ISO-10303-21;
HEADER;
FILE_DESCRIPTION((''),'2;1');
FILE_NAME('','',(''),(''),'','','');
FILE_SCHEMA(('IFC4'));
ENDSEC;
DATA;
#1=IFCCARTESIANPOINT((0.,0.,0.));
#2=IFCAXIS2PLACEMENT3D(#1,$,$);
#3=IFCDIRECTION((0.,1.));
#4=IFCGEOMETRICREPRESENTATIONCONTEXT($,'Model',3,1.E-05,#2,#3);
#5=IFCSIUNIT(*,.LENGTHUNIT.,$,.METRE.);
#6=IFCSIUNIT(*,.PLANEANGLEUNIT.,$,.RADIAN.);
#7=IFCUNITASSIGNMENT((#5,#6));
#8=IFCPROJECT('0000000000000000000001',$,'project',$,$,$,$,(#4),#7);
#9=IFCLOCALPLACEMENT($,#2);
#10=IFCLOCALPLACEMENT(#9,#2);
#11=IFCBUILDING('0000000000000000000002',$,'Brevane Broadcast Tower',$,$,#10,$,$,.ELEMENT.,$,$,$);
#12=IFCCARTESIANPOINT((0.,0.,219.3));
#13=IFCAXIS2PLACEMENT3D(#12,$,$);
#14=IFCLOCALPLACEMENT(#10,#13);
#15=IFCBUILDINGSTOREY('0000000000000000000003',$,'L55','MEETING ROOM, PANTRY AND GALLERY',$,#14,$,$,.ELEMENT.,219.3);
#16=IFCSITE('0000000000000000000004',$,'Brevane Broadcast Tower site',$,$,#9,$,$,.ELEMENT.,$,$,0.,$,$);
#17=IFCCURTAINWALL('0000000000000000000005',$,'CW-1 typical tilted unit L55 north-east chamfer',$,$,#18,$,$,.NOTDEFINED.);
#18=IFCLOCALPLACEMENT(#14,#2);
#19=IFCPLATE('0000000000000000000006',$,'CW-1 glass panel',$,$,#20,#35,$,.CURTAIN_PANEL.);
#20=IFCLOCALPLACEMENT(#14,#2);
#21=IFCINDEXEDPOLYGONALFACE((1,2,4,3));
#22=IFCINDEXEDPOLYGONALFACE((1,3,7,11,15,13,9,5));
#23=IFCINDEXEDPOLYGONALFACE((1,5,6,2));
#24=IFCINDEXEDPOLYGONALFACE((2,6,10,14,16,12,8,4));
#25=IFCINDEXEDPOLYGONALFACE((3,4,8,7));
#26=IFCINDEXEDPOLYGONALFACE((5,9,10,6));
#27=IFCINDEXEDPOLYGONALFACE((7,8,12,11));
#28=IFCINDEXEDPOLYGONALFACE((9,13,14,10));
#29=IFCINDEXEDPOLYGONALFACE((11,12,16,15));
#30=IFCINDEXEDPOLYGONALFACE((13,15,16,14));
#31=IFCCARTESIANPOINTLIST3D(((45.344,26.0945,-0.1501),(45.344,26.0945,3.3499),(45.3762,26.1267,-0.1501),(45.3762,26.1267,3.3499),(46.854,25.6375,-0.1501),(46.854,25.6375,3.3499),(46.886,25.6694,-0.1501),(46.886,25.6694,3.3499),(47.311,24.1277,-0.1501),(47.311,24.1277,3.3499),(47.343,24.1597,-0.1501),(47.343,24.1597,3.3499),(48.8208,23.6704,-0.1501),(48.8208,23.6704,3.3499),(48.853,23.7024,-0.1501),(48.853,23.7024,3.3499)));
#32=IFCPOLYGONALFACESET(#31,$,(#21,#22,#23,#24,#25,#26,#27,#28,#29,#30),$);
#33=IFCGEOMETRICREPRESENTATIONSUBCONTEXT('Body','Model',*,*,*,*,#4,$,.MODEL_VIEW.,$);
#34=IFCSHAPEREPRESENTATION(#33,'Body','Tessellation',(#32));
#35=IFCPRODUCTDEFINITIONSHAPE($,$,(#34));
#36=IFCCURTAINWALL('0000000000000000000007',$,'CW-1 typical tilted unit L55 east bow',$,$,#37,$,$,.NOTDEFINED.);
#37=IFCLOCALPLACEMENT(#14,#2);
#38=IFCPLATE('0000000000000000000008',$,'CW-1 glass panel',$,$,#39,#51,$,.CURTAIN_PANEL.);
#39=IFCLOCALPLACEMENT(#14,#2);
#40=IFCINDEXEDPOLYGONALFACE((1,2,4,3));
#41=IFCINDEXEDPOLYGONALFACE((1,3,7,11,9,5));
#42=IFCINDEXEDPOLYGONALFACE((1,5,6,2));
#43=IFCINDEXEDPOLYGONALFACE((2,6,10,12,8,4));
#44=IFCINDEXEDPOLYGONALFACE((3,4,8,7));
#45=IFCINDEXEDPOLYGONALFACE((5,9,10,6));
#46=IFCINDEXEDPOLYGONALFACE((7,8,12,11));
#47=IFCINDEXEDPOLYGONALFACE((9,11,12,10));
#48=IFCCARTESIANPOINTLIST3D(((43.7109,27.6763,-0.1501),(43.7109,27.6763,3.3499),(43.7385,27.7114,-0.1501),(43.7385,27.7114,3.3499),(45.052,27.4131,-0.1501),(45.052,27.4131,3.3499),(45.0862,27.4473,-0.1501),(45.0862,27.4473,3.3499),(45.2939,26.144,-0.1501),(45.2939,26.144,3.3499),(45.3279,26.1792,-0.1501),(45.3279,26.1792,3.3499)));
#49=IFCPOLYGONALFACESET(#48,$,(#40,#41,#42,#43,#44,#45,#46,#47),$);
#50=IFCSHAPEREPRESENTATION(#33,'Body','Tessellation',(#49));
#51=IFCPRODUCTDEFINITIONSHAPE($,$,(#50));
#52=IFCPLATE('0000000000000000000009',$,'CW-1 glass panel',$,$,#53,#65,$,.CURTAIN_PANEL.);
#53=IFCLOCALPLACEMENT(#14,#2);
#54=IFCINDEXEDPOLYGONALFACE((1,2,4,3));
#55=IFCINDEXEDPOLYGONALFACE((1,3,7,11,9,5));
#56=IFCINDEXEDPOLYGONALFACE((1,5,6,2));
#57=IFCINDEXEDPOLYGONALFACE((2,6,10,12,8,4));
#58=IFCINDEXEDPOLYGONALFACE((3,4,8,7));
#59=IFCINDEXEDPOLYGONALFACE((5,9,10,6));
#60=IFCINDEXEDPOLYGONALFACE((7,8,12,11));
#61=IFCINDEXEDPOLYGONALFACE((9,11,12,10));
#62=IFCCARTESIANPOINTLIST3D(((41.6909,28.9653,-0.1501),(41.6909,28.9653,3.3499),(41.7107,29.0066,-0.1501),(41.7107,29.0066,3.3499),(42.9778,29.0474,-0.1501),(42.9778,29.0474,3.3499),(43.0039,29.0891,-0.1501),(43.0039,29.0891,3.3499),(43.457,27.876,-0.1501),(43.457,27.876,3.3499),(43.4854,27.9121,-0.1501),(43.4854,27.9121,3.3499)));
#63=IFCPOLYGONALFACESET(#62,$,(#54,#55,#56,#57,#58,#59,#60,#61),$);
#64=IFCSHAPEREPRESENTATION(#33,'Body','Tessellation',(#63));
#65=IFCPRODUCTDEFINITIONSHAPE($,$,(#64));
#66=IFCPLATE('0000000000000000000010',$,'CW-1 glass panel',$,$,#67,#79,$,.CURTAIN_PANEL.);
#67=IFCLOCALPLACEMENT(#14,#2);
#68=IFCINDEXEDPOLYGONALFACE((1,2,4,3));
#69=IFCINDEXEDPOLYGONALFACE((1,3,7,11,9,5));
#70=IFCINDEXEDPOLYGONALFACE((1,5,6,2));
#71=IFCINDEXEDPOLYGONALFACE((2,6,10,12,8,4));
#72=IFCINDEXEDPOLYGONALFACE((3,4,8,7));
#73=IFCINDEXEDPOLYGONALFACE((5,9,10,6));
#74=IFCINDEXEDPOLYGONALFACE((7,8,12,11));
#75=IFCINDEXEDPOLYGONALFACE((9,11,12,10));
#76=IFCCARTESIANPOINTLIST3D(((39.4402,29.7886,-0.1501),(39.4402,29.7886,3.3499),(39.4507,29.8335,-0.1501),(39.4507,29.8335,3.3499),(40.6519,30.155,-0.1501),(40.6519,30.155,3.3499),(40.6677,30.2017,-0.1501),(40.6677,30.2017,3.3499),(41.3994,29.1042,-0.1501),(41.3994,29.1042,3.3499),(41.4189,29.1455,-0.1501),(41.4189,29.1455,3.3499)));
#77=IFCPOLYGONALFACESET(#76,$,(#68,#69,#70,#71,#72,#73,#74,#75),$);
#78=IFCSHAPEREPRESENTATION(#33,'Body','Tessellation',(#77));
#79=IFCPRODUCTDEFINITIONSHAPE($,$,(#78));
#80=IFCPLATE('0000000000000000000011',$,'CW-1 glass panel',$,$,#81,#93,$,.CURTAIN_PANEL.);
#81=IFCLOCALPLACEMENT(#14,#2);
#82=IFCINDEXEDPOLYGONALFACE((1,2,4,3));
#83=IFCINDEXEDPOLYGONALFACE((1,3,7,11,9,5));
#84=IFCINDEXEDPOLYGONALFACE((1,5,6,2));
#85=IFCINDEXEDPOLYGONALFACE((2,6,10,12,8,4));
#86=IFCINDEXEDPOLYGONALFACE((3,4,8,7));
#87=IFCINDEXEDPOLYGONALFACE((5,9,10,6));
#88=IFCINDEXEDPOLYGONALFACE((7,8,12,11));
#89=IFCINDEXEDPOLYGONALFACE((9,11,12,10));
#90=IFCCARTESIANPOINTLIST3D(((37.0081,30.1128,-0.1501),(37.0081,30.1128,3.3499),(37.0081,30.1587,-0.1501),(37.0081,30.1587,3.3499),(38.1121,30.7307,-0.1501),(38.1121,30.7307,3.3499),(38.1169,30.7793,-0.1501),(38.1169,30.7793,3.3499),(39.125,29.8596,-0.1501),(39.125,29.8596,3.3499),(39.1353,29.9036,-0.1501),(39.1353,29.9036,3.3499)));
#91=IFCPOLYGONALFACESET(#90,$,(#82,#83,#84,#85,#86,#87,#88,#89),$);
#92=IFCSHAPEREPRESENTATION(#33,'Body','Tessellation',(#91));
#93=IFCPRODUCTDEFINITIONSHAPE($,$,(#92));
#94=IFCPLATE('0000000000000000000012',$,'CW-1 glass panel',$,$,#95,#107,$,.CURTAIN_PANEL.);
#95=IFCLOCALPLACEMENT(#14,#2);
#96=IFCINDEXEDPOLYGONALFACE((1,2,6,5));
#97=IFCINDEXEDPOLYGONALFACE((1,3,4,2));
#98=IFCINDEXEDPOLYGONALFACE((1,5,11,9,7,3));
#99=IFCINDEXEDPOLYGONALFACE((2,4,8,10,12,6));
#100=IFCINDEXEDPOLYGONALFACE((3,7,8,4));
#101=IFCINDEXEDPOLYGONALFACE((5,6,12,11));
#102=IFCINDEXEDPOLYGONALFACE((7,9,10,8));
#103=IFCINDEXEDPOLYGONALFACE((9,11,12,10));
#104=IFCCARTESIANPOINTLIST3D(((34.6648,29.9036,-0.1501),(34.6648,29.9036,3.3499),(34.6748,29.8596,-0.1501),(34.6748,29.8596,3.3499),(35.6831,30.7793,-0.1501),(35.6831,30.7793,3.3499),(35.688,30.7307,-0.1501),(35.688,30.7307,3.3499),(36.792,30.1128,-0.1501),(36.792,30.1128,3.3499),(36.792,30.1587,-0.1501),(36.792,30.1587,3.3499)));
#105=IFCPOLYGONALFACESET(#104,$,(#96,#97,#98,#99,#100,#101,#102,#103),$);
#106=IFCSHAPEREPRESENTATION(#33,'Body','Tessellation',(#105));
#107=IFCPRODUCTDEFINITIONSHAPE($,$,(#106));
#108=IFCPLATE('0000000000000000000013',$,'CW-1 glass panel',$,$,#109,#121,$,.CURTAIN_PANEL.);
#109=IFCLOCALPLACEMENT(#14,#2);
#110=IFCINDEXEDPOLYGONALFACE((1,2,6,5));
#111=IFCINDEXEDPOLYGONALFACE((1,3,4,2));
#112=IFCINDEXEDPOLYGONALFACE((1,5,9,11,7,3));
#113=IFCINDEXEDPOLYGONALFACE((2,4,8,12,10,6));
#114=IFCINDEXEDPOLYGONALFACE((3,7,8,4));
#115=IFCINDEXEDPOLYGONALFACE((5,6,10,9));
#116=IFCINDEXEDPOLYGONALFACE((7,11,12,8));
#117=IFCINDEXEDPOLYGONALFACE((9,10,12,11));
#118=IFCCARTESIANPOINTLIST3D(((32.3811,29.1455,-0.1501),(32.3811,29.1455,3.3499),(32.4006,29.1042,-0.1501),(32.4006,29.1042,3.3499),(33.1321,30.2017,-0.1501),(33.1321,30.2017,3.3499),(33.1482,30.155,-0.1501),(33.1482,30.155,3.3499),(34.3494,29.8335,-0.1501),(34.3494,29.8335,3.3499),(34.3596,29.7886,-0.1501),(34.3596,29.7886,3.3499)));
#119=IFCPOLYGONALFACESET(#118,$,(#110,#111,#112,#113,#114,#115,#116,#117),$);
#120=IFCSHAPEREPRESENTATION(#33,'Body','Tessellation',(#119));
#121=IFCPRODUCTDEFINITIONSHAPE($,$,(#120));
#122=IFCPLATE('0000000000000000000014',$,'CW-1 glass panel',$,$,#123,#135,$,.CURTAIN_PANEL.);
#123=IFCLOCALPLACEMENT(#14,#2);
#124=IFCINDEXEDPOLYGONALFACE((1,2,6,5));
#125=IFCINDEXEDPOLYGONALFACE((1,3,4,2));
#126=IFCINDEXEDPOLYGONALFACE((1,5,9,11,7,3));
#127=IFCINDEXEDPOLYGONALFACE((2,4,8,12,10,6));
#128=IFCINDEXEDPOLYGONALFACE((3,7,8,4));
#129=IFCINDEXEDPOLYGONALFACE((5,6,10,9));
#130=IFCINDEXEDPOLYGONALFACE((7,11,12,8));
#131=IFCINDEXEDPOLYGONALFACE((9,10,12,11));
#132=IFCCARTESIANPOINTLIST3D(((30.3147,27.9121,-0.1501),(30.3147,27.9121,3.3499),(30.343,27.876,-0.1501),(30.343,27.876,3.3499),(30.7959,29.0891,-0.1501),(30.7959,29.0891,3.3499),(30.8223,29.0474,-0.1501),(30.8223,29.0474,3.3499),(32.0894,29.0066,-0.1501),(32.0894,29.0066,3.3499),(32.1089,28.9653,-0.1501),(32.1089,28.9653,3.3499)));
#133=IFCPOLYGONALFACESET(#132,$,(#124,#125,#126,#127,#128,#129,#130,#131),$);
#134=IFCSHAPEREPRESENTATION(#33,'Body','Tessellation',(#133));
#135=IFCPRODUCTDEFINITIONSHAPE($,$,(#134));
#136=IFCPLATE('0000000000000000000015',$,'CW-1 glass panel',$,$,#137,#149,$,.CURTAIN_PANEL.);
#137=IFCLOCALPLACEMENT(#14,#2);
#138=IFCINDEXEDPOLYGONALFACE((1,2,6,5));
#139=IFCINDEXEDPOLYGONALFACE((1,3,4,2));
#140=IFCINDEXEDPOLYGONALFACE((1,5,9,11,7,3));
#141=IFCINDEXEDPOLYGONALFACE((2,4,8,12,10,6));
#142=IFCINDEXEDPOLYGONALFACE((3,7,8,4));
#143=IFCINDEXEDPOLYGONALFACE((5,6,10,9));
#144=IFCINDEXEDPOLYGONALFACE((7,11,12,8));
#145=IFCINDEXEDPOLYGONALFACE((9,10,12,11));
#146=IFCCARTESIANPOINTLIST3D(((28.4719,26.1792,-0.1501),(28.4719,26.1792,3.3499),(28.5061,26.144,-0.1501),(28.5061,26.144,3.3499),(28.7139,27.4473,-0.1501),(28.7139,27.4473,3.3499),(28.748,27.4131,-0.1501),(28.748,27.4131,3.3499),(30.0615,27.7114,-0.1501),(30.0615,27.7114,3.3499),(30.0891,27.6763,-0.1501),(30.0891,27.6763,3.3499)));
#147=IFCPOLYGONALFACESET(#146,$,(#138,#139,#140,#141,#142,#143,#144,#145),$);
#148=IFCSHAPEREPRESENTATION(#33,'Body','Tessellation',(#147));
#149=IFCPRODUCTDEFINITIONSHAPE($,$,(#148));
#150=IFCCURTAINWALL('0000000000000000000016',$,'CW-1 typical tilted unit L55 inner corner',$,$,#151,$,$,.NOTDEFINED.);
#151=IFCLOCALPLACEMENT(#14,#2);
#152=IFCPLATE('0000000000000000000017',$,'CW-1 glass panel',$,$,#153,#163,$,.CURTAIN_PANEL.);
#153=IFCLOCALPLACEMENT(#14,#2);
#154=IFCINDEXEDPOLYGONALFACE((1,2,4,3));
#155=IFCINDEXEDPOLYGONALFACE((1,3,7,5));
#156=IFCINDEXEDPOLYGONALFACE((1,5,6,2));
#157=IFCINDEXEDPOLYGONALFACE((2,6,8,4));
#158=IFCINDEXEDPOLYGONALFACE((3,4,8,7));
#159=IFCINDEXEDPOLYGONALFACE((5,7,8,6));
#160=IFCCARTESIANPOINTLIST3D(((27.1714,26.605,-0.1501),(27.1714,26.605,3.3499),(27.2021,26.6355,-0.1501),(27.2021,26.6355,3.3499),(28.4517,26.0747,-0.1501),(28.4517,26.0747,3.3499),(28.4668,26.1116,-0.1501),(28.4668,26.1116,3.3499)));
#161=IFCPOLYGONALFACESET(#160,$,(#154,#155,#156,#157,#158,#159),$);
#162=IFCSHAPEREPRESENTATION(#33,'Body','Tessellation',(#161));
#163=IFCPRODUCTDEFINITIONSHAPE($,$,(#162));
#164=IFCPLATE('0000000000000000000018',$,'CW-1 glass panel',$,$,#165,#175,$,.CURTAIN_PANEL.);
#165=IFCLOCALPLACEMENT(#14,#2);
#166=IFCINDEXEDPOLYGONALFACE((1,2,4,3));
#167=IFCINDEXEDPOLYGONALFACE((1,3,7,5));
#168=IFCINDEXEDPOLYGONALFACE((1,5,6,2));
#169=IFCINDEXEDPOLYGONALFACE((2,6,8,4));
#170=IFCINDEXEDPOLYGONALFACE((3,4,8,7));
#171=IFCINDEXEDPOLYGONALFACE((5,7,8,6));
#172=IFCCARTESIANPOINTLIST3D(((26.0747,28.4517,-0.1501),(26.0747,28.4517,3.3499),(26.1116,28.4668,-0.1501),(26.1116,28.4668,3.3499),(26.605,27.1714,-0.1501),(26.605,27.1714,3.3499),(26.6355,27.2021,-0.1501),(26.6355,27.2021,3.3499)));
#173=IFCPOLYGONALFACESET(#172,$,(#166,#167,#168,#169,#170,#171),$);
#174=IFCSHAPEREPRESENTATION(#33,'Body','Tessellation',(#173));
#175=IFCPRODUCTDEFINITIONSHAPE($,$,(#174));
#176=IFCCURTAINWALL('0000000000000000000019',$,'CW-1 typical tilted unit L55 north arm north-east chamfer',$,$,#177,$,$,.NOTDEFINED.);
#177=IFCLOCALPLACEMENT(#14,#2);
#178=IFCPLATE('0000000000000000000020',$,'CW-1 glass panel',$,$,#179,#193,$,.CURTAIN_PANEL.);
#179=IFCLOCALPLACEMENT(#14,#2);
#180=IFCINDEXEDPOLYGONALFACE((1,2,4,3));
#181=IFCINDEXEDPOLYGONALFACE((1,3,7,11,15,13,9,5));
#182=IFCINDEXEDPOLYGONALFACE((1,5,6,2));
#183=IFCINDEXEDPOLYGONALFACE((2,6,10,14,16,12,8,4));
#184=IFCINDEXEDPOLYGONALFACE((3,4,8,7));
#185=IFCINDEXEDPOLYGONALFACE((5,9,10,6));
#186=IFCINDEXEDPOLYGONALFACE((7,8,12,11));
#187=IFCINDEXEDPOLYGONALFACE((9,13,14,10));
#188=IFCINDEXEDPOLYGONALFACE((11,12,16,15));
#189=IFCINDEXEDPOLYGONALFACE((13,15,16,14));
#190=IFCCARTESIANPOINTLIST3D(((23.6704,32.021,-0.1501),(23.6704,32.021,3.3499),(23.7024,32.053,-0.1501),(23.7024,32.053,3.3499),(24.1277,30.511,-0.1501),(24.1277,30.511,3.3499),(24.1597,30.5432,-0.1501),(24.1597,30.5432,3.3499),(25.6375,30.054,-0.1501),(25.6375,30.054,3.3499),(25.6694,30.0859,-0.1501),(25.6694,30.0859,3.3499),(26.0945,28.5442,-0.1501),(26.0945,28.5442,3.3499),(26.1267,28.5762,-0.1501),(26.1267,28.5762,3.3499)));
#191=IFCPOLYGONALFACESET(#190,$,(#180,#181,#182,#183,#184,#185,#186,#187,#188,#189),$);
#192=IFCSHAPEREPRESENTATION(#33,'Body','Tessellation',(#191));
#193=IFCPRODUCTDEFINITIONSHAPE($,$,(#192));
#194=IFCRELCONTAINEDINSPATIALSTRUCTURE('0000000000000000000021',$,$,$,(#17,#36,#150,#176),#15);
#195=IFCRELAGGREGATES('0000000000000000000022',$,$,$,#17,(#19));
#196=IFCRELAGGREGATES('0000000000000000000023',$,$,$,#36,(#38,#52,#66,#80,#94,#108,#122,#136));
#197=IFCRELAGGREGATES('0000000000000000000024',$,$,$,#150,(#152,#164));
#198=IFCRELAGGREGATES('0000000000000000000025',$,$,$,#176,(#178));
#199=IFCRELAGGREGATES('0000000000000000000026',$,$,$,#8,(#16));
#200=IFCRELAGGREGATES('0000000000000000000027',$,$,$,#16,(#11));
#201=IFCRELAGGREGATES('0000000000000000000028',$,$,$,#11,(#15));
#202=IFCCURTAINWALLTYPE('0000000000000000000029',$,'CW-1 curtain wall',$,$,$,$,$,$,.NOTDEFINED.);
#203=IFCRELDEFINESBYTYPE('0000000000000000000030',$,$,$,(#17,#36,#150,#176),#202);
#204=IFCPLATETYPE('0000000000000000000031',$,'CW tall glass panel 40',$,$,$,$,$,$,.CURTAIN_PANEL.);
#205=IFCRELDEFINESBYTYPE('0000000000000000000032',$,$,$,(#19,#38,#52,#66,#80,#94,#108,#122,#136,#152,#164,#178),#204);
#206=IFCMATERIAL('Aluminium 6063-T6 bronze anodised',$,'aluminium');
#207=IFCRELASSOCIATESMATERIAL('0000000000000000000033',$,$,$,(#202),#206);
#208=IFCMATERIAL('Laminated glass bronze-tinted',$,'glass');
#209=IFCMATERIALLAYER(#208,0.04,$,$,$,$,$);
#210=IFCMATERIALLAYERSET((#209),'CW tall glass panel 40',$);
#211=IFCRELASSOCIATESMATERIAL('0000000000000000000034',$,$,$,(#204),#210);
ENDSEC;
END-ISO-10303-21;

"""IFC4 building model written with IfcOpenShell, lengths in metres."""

from ifc_helpers import new_model, si_unit, direction, frame, origin, place, context, subcontext, project, spatial, polyline, outline, extrude, material, layer, layer_set, type_object, element, aggregate, save


model = new_model("IFC4")

# Units and contexts
model_context = context("Model", 3, precision=1e-05, world=origin(), true_north=direction((0.0, 1.0)))
body_context = subcontext(model_context, "Body", "Model", "MODEL_VIEW")
ifc_project = project(units=[si_unit("LENGTHUNIT", "METRE"), si_unit("PLANEANGLEUNIT", "RADIAN")], contexts=[model_context])

# Site, building, storey
site_placement = place(None, origin())
site = spatial("IfcSite", under=ifc_project, at=site_placement, Name="Brevane Broadcast Tower site", CompositionType="ELEMENT", RefElevation=0.0)
building_placement = place(site_placement, origin())
building = spatial("IfcBuilding", under=site, at=building_placement, Name="Brevane Broadcast Tower", CompositionType="ELEMENT")
storey_placement = place(building_placement, frame((0.0, 0.0, 219.3)))
storey = spatial("IfcBuildingStorey", under=building, at=storey_placement, Name="L55", Description="MEETING ROOM, PANTRY AND GALLERY", CompositionType="ELEMENT", Elevation=219.3)

# Curtain wall, plate
ifc_material_1 = material(Name="Aluminium 6063-T6 bronze anodised", Category="aluminium")
curtain_wall_type = type_object("IfcCurtainWallType", Name="CW-1 curtain wall", PredefinedType="NOTDEFINED", material=ifc_material_1)
curtain_wall_1_placement = place(storey_placement, origin())
curtain_wall_1 = element("IfcCurtainWall", 1, at=curtain_wall_1_placement, inside=storey, type_object=curtain_wall_type, Name="CW-1 typical tilted unit L55 north-east chamfer", PredefinedType="NOTDEFINED")
ifc_material_2 = material(Name="Laminated glass bronze-tinted", Category="glass")
ifc_layer = layer(ifc_material_2, 0.04)
ifc_layer_set = layer_set([ifc_layer], Name="CW tall glass panel 40")
plate_type = type_object("IfcPlateType", Name="CW tall glass panel 40", PredefinedType="CURTAIN_PANEL", material=ifc_layer_set)
plate_1_placement = place(storey_placement, frame((0.0, 0.0, -0.1501)))
plate_1 = element("IfcPlate", 2, at=plate_1_placement, type_object=plate_type, Name="CW-1 glass panel", PredefinedType="CURTAIN_PANEL", context=body_context, shape_type="SweptSolid", body=[
    extrude(outline(polyline([(48.8208, 23.6704), (48.853, 23.7024), (47.343, 24.1597), (46.886, 25.6694), (45.3762, 26.1267), (45.344, 26.0945), (46.854, 25.6375), (47.311, 24.1277), (48.8208, 23.6704)])), origin(), (0.0, 0.0, 1.0), 3.5),
])
aggregate(curtain_wall_1, [plate_1])

# Curtain walls, plates
curtain_wall_2_placement = place(storey_placement, origin())
curtain_wall_2 = element("IfcCurtainWall", 3, at=curtain_wall_2_placement, inside=storey, type_object=curtain_wall_type, Name="CW-1 typical tilted unit L55 east bow", PredefinedType="NOTDEFINED")
plate_2_placement = place(storey_placement, frame((0.0, 0.0, -0.1501)))
plate_2 = element("IfcPlate", 4, at=plate_2_placement, type_object=plate_type, Name="CW-1 glass panel", PredefinedType="CURTAIN_PANEL", context=body_context, shape_type="SweptSolid", body=[
    extrude(outline(polyline([(45.2939, 26.144), (45.3279, 26.1792), (45.0862, 27.4473), (43.7385, 27.7114), (43.7109, 27.6763), (45.052, 27.4131), (45.2939, 26.144)])), origin(), (0.0, 0.0, 1.0), 3.5),
])
plate_3_placement = place(storey_placement, frame((0.0, 0.0, -0.1501)))
plate_3 = element("IfcPlate", 5, at=plate_3_placement, type_object=plate_type, Name="CW-1 glass panel", PredefinedType="CURTAIN_PANEL", context=body_context, shape_type="SweptSolid", body=[
    extrude(outline(polyline([(43.457, 27.876), (43.4854, 27.9121), (43.0039, 29.0891), (41.7107, 29.0066), (41.6909, 28.9653), (42.9778, 29.0474), (43.457, 27.876)])), origin(), (0.0, 0.0, 1.0), 3.5),
])
plate_4_placement = place(storey_placement, frame((0.0, 0.0, -0.1501)))
plate_4 = element("IfcPlate", 6, at=plate_4_placement, type_object=plate_type, Name="CW-1 glass panel", PredefinedType="CURTAIN_PANEL", context=body_context, shape_type="SweptSolid", body=[
    extrude(outline(polyline([(41.3994, 29.1042), (41.4189, 29.1455), (40.6677, 30.2017), (39.4507, 29.8335), (39.4402, 29.7886), (40.6519, 30.155), (41.3994, 29.1042)])), origin(), (0.0, 0.0, 1.0), 3.5),
])
plate_5_placement = place(storey_placement, frame((0.0, 0.0, -0.1501)))
plate_5 = element("IfcPlate", 7, at=plate_5_placement, type_object=plate_type, Name="CW-1 glass panel", PredefinedType="CURTAIN_PANEL", context=body_context, shape_type="SweptSolid", body=[
    extrude(outline(polyline([(39.125, 29.8596), (39.1353, 29.9036), (38.1169, 30.7793), (37.0081, 30.1587), (37.0081, 30.1128), (38.1121, 30.7307), (39.125, 29.8596)])), origin(), (0.0, 0.0, 1.0), 3.5),
])
plate_6_placement = place(storey_placement, frame((0.0, 0.0, -0.1501)))
plate_6 = element("IfcPlate", 8, at=plate_6_placement, type_object=plate_type, Name="CW-1 glass panel", PredefinedType="CURTAIN_PANEL", context=body_context, shape_type="SweptSolid", body=[
    extrude(outline(polyline([(36.792, 30.1128), (36.792, 30.1587), (35.6831, 30.7793), (34.6648, 29.9036), (34.6748, 29.8596), (35.688, 30.7307), (36.792, 30.1128)])), origin(), (0.0, 0.0, 1.0), 3.5),
])
plate_7_placement = place(storey_placement, frame((0.0, 0.0, -0.1501)))
plate_7 = element("IfcPlate", 9, at=plate_7_placement, type_object=plate_type, Name="CW-1 glass panel", PredefinedType="CURTAIN_PANEL", context=body_context, shape_type="SweptSolid", body=[
    extrude(outline(polyline([(34.3596, 29.7886), (34.3494, 29.8335), (33.1321, 30.2017), (32.3811, 29.1455), (32.4006, 29.1042), (33.1482, 30.155), (34.3596, 29.7886)])), origin(), (0.0, 0.0, 1.0), 3.5),
])
plate_8_placement = place(storey_placement, frame((0.0, 0.0, -0.1501)))
plate_8 = element("IfcPlate", 10, at=plate_8_placement, type_object=plate_type, Name="CW-1 glass panel", PredefinedType="CURTAIN_PANEL", context=body_context, shape_type="SweptSolid", body=[
    extrude(outline(polyline([(32.1089, 28.9653), (32.0894, 29.0066), (30.7959, 29.0891), (30.3147, 27.9121), (30.343, 27.876), (30.8223, 29.0474), (32.1089, 28.9653)])), origin(), (0.0, 0.0, 1.0), 3.5),
])
plate_9_placement = place(storey_placement, frame((0.0, 0.0, -0.1501)))
plate_9 = element("IfcPlate", 11, at=plate_9_placement, type_object=plate_type, Name="CW-1 glass panel", PredefinedType="CURTAIN_PANEL", context=body_context, shape_type="SweptSolid", body=[
    extrude(outline(polyline([(30.0891, 27.6763), (30.0615, 27.7114), (28.7139, 27.4473), (28.4719, 26.1792), (28.5061, 26.144), (28.748, 27.4131), (30.0891, 27.6763)])), origin(), (0.0, 0.0, 1.0), 3.5),
])
aggregate(curtain_wall_2, [plate_2, plate_3, plate_4, plate_5, plate_6, plate_7, plate_8, plate_9])
curtain_wall_3_placement = place(storey_placement, origin())
curtain_wall_3 = element("IfcCurtainWall", 12, at=curtain_wall_3_placement, inside=storey, type_object=curtain_wall_type, Name="CW-1 typical tilted unit L55 inner corner", PredefinedType="NOTDEFINED")
plate_10_placement = place(storey_placement, frame((0.0, 0.0, -0.1501)))
plate_10 = element("IfcPlate", 13, at=plate_10_placement, type_object=plate_type, Name="CW-1 glass panel", PredefinedType="CURTAIN_PANEL", context=body_context, shape_type="SweptSolid", body=[
    extrude(outline(polyline([(28.4517, 26.0747), (28.4668, 26.1116), (27.2021, 26.6355), (27.1714, 26.605), (28.4517, 26.0747)])), origin(), (0.0, 0.0, 1.0), 3.5),
])
plate_11_placement = place(storey_placement, frame((0.0, 0.0, -0.1501)))
plate_11 = element("IfcPlate", 14, at=plate_11_placement, type_object=plate_type, Name="CW-1 glass panel", PredefinedType="CURTAIN_PANEL", context=body_context, shape_type="SweptSolid", body=[
    extrude(outline(polyline([(26.605, 27.1714), (26.6355, 27.2021), (26.1116, 28.4668), (26.0747, 28.4517), (26.605, 27.1714)])), origin(), (0.0, 0.0, 1.0), 3.5),
])
aggregate(curtain_wall_3, [plate_10, plate_11])
curtain_wall_4_placement = place(storey_placement, origin())
curtain_wall_4 = element("IfcCurtainWall", 15, at=curtain_wall_4_placement, inside=storey, type_object=curtain_wall_type, Name="CW-1 typical tilted unit L55 north arm north-east chamfer", PredefinedType="NOTDEFINED")
plate_12_placement = place(storey_placement, frame((0.0, 0.0, -0.1501)))
plate_12 = element("IfcPlate", 16, at=plate_12_placement, type_object=plate_type, Name="CW-1 glass panel", PredefinedType="CURTAIN_PANEL", context=body_context, shape_type="SweptSolid", body=[
    extrude(outline(polyline([(26.0945, 28.5442), (26.1267, 28.5762), (25.6694, 30.0859), (24.1597, 30.5432), (23.7024, 32.053), (23.6704, 32.021), (24.1277, 30.511), (25.6375, 30.054), (26.0945, 28.5442)])), origin(), (0.0, 0.0, 1.0), 3.5),
])
aggregate(curtain_wall_4, [plate_12])

save(model, "model.ifc")
